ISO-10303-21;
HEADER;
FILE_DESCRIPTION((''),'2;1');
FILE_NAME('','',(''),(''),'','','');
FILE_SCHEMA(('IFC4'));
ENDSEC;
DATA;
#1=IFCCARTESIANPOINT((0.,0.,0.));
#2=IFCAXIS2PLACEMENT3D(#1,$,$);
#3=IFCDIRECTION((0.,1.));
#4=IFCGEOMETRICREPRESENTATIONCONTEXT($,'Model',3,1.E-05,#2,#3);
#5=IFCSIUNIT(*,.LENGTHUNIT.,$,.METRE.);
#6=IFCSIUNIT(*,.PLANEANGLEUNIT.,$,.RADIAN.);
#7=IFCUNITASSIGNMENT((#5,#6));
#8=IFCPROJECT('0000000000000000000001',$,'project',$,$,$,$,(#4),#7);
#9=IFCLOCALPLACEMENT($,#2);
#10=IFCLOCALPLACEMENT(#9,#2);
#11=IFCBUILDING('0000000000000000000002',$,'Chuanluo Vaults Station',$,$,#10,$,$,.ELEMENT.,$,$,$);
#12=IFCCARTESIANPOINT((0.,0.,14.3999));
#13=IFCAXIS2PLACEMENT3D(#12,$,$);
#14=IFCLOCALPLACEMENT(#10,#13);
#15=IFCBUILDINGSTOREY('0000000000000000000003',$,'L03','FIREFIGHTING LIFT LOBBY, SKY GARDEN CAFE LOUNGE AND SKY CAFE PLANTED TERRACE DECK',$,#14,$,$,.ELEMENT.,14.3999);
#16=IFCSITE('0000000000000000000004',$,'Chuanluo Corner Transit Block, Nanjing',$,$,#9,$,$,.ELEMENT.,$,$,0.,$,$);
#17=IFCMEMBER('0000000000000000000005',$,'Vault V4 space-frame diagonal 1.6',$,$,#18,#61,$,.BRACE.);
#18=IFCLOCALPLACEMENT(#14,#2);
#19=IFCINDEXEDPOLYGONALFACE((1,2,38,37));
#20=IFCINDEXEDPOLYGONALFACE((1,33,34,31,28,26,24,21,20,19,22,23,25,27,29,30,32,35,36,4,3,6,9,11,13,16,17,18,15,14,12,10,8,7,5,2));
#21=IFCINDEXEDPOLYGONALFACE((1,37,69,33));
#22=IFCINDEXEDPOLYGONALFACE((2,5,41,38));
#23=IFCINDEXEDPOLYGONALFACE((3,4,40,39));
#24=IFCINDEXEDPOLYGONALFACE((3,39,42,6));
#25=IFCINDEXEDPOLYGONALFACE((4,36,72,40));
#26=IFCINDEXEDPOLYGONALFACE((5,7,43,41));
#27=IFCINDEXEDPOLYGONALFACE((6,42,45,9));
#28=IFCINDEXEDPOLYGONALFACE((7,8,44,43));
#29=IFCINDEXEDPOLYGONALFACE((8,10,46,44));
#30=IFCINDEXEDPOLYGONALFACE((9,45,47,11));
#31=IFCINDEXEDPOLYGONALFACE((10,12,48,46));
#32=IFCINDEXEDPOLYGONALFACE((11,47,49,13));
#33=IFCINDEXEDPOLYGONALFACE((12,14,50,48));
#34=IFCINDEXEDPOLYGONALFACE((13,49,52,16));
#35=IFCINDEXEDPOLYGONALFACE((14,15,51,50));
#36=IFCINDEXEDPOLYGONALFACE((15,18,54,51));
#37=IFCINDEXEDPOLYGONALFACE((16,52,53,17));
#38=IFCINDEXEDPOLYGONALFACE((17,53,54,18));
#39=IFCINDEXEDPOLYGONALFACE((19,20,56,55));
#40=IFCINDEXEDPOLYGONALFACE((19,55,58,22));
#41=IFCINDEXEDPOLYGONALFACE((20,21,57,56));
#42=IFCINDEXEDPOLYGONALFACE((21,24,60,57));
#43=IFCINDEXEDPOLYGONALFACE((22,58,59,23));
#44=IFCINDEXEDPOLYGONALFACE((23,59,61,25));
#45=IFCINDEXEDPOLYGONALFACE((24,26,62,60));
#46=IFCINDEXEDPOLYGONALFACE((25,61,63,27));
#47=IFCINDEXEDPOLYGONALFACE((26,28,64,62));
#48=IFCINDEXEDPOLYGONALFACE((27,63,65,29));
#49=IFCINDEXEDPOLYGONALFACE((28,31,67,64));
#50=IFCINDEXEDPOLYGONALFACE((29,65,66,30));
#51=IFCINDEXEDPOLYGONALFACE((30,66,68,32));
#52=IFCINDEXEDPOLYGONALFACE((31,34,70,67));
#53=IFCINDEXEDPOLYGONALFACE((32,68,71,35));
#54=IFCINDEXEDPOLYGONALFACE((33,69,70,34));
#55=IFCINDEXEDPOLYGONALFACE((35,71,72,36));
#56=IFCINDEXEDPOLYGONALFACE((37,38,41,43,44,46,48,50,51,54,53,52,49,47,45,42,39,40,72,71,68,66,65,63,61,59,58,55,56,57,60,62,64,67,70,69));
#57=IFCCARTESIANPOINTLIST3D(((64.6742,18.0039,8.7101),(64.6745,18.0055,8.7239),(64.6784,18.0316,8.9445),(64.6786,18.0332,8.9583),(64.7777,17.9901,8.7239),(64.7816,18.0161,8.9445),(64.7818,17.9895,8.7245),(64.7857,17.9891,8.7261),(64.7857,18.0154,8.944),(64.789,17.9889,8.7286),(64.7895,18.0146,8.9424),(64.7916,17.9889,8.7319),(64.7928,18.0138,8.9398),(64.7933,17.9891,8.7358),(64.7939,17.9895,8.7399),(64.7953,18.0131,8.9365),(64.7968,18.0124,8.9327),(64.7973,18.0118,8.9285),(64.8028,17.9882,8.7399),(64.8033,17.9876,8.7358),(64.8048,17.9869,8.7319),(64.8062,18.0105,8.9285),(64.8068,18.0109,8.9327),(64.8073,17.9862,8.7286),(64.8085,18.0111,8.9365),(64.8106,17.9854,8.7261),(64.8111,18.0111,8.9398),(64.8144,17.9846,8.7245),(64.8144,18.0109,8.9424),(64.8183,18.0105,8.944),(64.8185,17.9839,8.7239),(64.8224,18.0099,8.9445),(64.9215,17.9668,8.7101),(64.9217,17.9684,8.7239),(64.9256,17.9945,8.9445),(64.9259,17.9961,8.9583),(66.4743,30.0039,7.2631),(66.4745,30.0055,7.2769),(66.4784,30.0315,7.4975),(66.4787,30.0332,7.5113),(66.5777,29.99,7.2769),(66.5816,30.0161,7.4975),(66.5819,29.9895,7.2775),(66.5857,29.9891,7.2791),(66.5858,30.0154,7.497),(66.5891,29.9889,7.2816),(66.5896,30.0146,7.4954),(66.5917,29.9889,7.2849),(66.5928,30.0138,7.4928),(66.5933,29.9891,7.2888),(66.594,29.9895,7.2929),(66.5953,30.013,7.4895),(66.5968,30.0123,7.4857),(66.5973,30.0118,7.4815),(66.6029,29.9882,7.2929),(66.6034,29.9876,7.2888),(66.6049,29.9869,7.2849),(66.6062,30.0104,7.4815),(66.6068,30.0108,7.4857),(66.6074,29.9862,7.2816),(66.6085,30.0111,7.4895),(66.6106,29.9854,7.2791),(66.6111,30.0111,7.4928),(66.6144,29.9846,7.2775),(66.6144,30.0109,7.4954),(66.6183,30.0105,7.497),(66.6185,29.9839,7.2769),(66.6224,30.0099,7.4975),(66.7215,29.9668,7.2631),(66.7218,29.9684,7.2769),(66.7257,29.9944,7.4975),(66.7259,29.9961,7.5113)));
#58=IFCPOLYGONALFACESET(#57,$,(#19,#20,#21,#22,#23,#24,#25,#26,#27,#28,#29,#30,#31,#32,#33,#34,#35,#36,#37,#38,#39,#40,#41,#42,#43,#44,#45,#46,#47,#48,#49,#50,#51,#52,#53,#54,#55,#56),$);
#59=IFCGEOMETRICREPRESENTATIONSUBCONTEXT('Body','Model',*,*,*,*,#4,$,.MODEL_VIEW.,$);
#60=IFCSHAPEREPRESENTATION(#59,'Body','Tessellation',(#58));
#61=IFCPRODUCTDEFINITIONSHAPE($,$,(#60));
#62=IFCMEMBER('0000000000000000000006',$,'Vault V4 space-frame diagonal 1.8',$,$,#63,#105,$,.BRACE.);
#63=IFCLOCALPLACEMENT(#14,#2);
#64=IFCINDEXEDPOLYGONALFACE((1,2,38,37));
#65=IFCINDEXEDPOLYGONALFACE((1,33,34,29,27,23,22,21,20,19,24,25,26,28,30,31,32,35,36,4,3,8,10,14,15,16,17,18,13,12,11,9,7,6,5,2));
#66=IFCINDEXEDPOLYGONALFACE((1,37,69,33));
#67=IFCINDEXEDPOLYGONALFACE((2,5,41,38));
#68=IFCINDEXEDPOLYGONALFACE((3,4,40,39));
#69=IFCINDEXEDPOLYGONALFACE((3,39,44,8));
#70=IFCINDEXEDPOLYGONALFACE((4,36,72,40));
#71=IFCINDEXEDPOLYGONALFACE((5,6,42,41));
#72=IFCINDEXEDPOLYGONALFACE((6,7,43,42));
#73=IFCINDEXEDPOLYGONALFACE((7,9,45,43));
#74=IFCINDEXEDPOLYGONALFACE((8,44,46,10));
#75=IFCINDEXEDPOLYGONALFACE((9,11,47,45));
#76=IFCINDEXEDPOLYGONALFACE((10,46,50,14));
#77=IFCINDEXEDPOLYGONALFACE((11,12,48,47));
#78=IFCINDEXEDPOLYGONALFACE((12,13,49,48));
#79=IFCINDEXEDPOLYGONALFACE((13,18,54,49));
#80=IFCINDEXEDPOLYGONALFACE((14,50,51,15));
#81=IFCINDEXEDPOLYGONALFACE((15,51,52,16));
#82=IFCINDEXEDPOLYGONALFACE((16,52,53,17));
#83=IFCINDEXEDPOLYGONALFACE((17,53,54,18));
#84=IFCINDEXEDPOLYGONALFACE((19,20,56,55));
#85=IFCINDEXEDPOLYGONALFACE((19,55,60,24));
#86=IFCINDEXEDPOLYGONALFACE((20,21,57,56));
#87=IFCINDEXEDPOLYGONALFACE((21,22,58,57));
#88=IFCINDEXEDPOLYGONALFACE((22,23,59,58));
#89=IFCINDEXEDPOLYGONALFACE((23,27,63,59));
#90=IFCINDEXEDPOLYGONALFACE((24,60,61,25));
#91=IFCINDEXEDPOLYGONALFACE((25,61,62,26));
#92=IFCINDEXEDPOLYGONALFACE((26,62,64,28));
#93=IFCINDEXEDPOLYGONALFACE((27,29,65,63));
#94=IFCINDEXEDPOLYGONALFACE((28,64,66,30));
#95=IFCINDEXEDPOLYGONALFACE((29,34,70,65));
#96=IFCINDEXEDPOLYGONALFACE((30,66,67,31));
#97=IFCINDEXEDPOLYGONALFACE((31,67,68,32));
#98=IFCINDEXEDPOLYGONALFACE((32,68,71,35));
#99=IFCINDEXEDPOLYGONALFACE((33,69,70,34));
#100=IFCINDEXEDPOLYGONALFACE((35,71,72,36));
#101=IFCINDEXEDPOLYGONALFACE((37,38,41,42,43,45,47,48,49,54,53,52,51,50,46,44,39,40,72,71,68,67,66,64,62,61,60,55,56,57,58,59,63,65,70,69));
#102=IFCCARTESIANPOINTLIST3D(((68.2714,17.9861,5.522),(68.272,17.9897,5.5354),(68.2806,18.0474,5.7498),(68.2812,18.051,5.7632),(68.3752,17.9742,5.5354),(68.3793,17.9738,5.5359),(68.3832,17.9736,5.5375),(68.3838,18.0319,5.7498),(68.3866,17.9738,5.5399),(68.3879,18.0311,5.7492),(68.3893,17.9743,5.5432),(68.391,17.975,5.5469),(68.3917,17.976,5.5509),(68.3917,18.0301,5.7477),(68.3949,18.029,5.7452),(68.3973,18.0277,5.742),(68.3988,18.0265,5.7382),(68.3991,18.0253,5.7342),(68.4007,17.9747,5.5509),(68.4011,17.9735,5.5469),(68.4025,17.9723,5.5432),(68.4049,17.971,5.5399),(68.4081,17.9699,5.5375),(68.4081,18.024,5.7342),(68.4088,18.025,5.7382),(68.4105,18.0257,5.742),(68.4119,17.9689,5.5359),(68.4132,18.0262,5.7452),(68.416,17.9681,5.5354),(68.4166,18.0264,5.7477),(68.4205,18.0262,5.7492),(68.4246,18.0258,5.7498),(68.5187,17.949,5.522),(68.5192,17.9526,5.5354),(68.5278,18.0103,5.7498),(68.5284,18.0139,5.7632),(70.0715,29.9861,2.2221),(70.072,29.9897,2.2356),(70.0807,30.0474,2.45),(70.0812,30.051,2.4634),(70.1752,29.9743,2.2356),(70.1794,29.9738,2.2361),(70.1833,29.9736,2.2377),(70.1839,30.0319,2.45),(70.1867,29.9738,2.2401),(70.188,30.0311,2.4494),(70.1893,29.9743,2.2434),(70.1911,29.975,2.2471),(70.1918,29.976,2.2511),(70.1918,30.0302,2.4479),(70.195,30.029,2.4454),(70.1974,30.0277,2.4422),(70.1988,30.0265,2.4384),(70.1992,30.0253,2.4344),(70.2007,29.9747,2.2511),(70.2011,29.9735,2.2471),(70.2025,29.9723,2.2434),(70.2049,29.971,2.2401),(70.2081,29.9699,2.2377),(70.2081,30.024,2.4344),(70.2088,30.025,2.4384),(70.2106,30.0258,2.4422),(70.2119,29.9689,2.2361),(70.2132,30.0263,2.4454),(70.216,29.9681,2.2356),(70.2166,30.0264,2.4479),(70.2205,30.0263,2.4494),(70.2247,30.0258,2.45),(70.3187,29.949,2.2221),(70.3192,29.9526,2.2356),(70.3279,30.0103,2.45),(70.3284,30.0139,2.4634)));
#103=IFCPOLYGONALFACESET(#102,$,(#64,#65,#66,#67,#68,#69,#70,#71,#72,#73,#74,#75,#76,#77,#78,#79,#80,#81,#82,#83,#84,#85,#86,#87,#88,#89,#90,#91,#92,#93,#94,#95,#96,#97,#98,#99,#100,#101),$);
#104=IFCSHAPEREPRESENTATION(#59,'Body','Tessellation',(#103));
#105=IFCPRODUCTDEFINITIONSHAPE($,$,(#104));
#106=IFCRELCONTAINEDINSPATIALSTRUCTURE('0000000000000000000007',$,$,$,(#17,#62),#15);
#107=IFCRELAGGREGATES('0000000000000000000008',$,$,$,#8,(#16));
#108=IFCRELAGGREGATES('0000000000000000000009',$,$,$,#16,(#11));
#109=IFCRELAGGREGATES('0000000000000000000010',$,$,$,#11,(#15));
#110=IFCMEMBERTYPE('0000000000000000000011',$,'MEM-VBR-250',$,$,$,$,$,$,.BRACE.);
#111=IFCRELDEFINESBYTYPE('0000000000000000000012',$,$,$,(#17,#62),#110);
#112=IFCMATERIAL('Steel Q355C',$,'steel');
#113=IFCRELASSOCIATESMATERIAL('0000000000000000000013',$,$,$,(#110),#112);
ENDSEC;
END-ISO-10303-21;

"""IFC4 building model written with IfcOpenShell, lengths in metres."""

from ifc_helpers import new_model, si_unit, direction, frame, origin, origin_2d, place, context, subcontext, project, spatial, i_section, extrude, material, material_profile, profile_set, type_object, element, save


model = new_model("IFC4")

# Units and contexts
model_context = context("Model", 3, precision=1e-05, world=origin(), true_north=direction((0.0, 1.0)))
body_context = subcontext(model_context, "Body", "Model", "MODEL_VIEW")
ifc_project = project(units=[si_unit("LENGTHUNIT", "METRE"), si_unit("PLANEANGLEUNIT", "RADIAN")], contexts=[model_context])

# Site, building, storey
site_placement = place(None, origin())
site = spatial("IfcSite", under=ifc_project, at=site_placement, Name="Chuanluo Corner Transit Block, Nanjing", CompositionType="ELEMENT", RefElevation=0.0)
building_placement = place(site_placement, origin())
building = spatial("IfcBuilding", under=site, at=building_placement, Name="Chuanluo Vaults Station", CompositionType="ELEMENT")
storey_placement = place(building_placement, frame((0.0, 0.0, 14.3999)))
storey = spatial("IfcBuildingStorey", under=building, at=storey_placement, Name="L03", Description="FIREFIGHTING LIFT LOBBY, SKY GARDEN CAFE LOUNGE AND SKY CAFE PLANTED TERRACE DECK", CompositionType="ELEMENT", Elevation=14.3999)

# Members
ifc_material_1 = material(Name="Steel Q355C", Category="steel")
ifc_material_profile_1 = material_profile(ifc_material_1, i_section(OverallWidth=0.25, OverallDepth=0.25, WebThickness=0.009, FlangeThickness=0.0139, FilletRadius=0.0161, at=origin_2d()))
ifc_profile_set_1 = profile_set([ifc_material_profile_1], Name="Steel Q355C")
member_type_1 = type_object("IfcMemberType", Name="MEM-VBR-250", PredefinedType="BRACE", material=ifc_profile_set_1)
member_1_placement = place(storey_placement, frame((64.8, 18.0, 8.8342), z_axis=(0.147301, 0.981978, -0.118412), x_axis=(-0.988936, 0.148344, 0.0)))
element("IfcMember", 1, at=member_1_placement, inside=storey, type_object=member_type_1, Name="Vault V4 space-frame diagonal 1.6", PredefinedType="BRACE", context=body_context, shape_type="SweptSolid", body=[
    extrude(i_section(OverallWidth=0.25, OverallDepth=0.25, WebThickness=0.009, FlangeThickness=0.0139, FilletRadius=0.0161, at=origin_2d()), origin(), (0.0, 0.0, 1.0), 12.2202),
])
member_2_placement = place(storey_placement, frame((68.3999, 18.0, 5.6426), z_axis=(0.143146, 0.95428, -0.262411), x_axis=(-0.988936, 0.148344, 0.0)))
element("IfcMember", 2, at=member_2_placement, inside=storey, type_object=member_type_1, Name="Vault V4 space-frame diagonal 1.8", PredefinedType="BRACE", context=body_context, shape_type="SweptSolid", body=[
    extrude(i_section(OverallWidth=0.25, OverallDepth=0.25, WebThickness=0.009, FlangeThickness=0.0139, FilletRadius=0.0161, at=origin_2d()), origin(), (0.0, 0.0, 1.0), 12.575),
])

save(model, "model.ifc")
